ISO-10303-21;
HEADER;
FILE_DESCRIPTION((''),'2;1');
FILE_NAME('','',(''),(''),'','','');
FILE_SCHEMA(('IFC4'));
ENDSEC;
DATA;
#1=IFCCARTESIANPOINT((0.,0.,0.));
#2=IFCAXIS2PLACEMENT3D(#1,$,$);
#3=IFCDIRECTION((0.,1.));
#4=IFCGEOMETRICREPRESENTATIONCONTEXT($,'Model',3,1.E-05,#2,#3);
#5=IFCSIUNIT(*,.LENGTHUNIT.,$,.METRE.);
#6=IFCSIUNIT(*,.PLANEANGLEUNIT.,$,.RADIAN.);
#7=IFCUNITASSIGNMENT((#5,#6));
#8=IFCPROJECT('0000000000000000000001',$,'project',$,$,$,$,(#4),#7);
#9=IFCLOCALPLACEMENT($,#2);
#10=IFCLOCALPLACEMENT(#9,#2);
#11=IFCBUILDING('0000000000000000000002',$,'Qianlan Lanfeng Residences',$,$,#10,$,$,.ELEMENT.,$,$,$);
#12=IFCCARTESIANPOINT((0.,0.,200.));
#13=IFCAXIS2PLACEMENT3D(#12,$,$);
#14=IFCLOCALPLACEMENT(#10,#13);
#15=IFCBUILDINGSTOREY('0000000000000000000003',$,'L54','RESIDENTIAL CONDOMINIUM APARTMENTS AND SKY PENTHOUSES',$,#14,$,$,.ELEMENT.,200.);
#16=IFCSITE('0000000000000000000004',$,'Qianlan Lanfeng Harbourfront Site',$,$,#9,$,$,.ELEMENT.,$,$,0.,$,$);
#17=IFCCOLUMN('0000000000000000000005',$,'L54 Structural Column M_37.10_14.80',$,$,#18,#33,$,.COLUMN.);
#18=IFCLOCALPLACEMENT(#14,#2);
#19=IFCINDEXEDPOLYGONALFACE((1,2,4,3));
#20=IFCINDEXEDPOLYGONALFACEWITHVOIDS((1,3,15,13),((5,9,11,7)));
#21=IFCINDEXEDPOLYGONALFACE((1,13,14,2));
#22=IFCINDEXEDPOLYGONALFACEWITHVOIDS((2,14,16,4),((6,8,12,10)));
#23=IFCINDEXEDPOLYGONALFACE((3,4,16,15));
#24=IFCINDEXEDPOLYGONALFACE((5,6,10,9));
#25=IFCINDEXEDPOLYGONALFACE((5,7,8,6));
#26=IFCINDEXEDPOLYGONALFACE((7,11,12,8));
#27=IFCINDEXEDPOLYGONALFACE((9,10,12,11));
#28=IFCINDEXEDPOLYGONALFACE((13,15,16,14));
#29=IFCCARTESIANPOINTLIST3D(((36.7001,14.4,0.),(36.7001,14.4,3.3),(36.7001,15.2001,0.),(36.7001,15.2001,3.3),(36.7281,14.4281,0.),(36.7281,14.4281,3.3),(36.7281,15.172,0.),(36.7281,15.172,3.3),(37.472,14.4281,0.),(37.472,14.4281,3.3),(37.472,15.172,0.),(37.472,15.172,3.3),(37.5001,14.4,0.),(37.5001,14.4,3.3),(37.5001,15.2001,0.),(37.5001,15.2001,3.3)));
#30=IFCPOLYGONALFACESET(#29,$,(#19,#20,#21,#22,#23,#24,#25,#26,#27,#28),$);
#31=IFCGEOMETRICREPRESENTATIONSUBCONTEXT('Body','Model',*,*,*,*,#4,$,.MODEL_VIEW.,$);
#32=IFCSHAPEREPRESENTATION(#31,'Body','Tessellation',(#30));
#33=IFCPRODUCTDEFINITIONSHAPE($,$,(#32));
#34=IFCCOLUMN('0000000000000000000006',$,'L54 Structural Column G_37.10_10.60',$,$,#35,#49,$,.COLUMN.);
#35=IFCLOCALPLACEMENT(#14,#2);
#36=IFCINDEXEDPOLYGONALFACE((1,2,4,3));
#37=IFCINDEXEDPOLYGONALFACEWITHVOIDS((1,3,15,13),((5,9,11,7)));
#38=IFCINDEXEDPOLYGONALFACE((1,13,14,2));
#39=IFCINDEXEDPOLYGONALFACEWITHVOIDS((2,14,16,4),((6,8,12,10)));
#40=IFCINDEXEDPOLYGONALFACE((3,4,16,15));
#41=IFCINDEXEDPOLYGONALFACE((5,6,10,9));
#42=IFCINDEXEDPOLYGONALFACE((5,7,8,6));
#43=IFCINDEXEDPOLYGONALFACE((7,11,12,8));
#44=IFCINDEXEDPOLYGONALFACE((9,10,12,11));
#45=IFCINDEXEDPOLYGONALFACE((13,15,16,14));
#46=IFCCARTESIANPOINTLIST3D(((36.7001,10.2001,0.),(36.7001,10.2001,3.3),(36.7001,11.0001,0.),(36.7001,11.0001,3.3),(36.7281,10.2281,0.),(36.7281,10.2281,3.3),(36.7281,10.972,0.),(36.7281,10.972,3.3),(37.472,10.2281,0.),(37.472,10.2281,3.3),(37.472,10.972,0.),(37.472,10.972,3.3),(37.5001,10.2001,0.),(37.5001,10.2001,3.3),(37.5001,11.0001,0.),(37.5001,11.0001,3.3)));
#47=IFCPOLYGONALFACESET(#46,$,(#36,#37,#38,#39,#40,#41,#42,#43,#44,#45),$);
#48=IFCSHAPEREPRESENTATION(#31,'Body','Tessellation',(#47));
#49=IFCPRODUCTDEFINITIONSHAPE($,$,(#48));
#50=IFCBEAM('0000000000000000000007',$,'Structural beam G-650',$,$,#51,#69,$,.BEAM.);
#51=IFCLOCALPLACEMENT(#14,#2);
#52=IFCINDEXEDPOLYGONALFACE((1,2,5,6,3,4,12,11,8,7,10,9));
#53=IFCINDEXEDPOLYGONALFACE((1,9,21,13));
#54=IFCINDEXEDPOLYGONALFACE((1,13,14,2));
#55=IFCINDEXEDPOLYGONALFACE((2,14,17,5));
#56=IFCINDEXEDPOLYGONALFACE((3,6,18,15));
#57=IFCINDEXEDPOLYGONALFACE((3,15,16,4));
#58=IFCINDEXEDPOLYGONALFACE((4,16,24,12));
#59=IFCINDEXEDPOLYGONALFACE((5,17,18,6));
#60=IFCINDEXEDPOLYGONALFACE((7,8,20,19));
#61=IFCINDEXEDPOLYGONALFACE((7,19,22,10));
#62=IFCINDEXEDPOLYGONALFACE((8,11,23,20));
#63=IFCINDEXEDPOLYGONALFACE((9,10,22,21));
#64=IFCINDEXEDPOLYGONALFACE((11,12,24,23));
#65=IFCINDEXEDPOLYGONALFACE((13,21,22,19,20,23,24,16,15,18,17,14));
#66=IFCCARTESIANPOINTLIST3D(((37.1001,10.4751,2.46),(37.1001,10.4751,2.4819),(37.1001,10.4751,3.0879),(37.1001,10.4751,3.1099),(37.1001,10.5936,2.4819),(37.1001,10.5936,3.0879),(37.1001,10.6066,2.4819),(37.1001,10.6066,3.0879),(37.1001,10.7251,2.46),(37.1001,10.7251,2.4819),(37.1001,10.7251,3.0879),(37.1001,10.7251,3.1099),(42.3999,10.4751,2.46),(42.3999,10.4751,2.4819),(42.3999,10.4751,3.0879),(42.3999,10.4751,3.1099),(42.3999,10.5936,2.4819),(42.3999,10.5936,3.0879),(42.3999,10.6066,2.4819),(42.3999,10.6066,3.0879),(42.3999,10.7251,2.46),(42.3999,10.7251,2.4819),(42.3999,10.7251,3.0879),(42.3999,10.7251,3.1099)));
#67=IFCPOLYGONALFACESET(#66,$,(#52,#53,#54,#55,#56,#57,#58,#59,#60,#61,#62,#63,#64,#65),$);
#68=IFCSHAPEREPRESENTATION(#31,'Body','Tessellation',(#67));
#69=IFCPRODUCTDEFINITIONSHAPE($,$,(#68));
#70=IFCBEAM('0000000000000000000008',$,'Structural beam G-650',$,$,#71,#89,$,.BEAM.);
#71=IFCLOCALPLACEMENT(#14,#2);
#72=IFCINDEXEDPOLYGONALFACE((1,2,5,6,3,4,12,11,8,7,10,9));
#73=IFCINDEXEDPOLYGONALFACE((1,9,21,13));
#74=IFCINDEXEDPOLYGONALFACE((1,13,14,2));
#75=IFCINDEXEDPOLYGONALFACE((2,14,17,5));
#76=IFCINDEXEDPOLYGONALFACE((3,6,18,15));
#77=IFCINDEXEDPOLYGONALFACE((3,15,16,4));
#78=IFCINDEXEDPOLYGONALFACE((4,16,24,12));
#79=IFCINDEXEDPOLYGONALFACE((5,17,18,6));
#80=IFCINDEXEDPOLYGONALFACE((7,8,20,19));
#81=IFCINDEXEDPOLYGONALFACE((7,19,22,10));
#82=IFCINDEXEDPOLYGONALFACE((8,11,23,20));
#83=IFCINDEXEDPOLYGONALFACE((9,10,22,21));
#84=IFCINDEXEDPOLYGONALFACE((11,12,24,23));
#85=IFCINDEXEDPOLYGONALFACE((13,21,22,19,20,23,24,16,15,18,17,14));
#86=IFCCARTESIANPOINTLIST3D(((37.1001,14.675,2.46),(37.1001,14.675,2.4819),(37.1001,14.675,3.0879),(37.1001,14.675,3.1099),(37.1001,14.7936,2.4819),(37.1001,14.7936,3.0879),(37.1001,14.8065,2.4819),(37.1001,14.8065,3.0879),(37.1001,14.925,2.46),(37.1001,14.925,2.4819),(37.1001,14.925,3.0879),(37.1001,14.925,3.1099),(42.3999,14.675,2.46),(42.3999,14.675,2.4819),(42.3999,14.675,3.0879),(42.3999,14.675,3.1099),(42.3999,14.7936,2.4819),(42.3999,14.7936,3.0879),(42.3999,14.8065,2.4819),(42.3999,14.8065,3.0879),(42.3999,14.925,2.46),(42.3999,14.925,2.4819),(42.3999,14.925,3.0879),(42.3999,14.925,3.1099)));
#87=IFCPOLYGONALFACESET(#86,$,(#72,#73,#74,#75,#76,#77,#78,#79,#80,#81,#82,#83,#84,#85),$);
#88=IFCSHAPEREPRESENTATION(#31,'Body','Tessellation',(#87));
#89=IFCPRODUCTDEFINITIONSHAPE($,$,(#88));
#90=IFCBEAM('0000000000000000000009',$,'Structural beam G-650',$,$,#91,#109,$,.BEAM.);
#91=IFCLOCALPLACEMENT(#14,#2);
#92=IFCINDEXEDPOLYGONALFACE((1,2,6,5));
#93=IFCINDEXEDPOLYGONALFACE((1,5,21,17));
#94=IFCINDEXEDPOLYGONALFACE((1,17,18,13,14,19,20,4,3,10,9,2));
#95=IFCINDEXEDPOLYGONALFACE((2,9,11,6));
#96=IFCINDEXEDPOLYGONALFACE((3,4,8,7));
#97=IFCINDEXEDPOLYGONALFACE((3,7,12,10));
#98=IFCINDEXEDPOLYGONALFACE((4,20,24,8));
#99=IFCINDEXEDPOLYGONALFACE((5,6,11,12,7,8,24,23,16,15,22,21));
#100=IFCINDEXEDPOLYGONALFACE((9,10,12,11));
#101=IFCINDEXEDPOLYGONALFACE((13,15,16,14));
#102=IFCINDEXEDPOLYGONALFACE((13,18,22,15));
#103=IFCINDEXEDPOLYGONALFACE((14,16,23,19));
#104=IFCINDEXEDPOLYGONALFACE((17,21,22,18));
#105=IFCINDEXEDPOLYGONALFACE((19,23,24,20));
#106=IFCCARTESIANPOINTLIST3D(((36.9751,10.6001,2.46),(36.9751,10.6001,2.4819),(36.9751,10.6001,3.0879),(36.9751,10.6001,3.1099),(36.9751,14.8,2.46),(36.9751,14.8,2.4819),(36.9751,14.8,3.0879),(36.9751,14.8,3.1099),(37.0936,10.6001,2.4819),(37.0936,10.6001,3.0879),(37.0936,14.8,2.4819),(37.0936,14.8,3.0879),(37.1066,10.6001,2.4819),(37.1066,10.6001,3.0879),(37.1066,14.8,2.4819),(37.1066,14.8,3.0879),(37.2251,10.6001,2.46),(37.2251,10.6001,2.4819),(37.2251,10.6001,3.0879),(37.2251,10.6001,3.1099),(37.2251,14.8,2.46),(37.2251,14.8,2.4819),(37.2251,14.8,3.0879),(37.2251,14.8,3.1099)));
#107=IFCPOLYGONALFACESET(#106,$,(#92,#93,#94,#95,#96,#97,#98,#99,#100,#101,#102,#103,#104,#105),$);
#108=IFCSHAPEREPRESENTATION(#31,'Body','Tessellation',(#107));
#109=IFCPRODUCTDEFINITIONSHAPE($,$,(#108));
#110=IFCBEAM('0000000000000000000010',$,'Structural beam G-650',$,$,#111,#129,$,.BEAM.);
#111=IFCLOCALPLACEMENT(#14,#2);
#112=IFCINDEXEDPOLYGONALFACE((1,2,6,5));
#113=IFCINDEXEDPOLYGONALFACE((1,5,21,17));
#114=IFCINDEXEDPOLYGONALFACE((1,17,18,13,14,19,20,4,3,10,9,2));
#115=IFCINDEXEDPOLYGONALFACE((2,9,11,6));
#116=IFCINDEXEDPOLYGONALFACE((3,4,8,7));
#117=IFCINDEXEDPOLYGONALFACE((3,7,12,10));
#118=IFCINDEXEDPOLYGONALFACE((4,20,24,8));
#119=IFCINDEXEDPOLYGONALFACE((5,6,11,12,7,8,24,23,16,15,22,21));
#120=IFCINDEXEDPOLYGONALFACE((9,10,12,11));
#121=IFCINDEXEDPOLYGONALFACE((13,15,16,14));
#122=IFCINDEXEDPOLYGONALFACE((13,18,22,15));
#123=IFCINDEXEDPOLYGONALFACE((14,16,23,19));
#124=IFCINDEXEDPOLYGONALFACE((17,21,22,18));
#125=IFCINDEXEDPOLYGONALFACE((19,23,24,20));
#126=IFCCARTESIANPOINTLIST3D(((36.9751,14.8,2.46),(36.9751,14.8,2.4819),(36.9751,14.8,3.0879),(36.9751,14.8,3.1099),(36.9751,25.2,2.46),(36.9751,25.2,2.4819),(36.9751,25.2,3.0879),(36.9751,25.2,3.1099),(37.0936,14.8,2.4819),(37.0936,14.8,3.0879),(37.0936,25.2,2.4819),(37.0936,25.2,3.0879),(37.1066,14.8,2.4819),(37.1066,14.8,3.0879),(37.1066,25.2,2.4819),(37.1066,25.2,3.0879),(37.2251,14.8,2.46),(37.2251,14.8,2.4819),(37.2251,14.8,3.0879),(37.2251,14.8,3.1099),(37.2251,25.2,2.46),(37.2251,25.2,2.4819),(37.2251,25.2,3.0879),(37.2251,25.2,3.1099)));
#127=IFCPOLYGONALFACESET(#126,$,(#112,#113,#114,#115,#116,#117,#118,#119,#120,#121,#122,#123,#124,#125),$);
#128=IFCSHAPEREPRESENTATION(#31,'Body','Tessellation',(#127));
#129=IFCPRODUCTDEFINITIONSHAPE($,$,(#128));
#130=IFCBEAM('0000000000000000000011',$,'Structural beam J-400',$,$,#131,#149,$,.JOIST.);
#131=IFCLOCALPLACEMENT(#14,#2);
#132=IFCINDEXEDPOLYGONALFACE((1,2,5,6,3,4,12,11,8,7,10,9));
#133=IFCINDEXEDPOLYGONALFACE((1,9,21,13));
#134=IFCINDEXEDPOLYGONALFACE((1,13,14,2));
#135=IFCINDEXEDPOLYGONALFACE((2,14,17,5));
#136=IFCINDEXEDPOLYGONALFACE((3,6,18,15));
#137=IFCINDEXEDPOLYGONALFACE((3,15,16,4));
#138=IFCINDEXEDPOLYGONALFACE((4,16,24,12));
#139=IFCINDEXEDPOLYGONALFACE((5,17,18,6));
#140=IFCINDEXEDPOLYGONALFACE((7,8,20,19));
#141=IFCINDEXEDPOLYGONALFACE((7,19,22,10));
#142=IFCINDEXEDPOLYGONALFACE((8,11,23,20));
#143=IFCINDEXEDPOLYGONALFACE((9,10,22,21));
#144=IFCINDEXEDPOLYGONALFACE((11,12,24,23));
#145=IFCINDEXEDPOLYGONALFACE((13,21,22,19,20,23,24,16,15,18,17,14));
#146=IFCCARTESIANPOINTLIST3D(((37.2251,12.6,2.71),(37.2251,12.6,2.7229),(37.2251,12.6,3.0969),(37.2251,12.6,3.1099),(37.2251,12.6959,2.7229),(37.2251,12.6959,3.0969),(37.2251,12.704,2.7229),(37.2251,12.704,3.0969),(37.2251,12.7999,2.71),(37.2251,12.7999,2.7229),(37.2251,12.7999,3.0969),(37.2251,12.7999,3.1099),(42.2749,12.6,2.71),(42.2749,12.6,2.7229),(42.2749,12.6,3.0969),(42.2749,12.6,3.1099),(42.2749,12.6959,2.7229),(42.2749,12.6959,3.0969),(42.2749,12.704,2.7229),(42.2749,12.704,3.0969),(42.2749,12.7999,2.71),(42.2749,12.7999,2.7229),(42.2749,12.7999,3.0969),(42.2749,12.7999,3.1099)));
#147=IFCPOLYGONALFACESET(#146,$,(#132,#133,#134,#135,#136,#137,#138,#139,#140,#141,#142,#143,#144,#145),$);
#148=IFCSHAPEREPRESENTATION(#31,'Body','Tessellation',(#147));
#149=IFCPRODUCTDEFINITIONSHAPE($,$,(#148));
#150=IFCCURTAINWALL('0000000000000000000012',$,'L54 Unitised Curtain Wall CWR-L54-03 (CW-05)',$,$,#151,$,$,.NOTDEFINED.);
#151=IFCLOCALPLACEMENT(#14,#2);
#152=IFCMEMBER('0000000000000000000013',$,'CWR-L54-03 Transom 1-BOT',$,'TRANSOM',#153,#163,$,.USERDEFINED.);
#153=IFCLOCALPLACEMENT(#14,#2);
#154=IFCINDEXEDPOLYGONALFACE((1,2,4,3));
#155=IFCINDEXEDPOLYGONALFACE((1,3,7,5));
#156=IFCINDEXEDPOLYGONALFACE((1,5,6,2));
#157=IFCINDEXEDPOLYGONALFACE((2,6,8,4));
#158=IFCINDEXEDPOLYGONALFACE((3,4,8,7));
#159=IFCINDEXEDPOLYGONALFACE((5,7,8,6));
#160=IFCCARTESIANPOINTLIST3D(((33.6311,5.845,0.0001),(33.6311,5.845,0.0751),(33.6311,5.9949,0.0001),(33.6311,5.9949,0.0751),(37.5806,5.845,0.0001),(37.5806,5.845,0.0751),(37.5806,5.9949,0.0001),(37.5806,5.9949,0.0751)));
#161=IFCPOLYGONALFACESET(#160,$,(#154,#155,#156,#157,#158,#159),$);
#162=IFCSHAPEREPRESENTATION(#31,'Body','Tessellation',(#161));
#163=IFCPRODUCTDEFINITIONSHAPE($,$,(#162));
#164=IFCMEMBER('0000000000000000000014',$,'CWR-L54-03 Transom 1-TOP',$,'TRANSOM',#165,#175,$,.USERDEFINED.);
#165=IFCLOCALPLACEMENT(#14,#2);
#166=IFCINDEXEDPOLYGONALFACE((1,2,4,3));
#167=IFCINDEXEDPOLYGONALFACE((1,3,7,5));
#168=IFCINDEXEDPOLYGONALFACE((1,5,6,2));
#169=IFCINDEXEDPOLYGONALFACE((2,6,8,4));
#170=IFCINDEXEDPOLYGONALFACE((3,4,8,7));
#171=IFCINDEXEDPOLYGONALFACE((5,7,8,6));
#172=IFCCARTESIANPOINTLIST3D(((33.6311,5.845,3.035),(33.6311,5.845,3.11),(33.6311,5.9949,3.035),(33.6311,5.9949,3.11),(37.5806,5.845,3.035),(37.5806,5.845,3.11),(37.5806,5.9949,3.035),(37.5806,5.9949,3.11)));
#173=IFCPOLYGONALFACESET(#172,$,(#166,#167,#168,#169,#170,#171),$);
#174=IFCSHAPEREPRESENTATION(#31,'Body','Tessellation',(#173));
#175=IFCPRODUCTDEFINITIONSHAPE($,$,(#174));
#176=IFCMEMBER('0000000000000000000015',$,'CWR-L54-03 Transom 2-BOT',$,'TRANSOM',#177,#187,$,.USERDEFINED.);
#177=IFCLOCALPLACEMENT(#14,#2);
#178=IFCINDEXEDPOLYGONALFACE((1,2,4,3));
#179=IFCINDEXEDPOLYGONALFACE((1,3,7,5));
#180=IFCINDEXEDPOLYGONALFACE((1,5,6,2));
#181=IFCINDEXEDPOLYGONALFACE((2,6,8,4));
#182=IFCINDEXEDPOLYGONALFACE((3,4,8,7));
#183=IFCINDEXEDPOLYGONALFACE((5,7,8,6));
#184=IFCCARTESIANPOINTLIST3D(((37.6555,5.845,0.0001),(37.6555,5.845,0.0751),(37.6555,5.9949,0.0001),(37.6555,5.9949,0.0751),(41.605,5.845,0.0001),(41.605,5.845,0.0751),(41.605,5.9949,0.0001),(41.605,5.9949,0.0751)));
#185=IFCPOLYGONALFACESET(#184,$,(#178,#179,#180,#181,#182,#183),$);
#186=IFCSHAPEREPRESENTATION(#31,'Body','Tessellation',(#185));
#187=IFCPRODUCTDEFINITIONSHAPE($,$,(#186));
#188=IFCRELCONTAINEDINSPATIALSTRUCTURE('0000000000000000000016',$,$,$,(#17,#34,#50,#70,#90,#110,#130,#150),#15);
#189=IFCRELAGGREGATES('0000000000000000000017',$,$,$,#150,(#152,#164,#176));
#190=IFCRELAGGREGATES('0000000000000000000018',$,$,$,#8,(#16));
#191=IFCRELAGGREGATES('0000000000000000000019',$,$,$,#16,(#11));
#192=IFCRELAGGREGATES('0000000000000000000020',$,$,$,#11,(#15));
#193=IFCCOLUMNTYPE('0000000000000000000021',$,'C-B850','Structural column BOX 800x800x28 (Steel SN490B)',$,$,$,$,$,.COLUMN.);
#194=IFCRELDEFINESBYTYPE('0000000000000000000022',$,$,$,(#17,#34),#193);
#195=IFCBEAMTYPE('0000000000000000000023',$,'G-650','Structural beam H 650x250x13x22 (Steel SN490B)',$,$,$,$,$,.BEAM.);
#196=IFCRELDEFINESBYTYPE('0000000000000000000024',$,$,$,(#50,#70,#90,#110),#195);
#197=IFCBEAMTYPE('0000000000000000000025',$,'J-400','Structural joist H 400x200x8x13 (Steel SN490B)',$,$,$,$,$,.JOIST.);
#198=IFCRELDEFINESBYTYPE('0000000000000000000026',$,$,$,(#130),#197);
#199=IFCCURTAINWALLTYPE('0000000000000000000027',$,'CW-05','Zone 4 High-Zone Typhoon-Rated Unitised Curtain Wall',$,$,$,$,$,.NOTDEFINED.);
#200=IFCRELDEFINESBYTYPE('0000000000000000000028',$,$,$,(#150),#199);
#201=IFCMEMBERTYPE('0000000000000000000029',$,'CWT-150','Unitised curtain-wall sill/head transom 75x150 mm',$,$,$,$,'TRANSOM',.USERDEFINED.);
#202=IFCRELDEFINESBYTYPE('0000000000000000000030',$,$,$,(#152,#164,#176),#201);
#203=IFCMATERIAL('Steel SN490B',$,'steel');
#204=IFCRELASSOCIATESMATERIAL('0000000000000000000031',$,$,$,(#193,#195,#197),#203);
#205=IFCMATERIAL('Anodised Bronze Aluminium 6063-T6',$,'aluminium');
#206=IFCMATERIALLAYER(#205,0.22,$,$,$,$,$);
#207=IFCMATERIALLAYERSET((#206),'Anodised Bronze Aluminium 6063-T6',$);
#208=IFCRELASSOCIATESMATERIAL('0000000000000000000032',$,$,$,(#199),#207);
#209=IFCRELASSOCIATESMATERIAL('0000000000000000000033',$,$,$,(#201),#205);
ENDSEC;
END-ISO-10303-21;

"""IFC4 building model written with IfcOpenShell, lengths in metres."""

from ifc_helpers import new_model, si_unit, direction, frame, origin, origin_2d, place, context, subcontext, project, spatial, rectangle, hollow_rectangle, i_section, extrude, source, transform, mapped, material, layer, layer_set, material_profile, profile_set, type_object, element, aggregate, save


model = new_model("IFC4")

# Units and contexts
model_context = context("Model", 3, precision=1e-05, world=origin(), true_north=direction((0.0, 1.0)))
body_context = subcontext(model_context, "Body", "Model", "MODEL_VIEW")
ifc_project = project(units=[si_unit("LENGTHUNIT", "METRE"), si_unit("PLANEANGLEUNIT", "RADIAN")], contexts=[model_context])

# Site, building, storey
site_placement = place(None, origin())
site = spatial("IfcSite", under=ifc_project, at=site_placement, Name="Qianlan Lanfeng Harbourfront Site", CompositionType="ELEMENT", RefElevation=0.0)
building_placement = place(site_placement, origin())
building = spatial("IfcBuilding", under=site, at=building_placement, Name="Qianlan Lanfeng Residences", CompositionType="ELEMENT")
storey_placement = place(building_placement, frame((0.0, 0.0, 200.0)))
storey = spatial("IfcBuildingStorey", under=building, at=storey_placement, Name="L54", Description="RESIDENTIAL CONDOMINIUM APARTMENTS AND SKY PENTHOUSES", CompositionType="ELEMENT", Elevation=200.0)

# Columns
ifc_material_1 = material(Name="Steel SN490B", Category="steel")
ifc_material_profile_1 = material_profile(ifc_material_1, hollow_rectangle(XDim=0.8, YDim=0.8, WallThickness=0.0281, at=origin_2d()), Name="BOX 800x800x28")
ifc_profile_set_1 = profile_set([ifc_material_profile_1], Name="Steel SN490B")
column_type = type_object("IfcColumnType", Name="C-B850", Description="Structural column BOX 800x800x28 (Steel SN490B)", PredefinedType="COLUMN", material=ifc_profile_set_1)
for number, where, z_axis, x_axis, name in (
    (1, (37.1001, 14.8, 0.0), (0.0, 0.0, 1.0), (1.0, 0.0, 0.0), "L54 Structural Column M_37.10_14.80"),
    (2, (37.1001, 10.6001, 0.0), (0.0, 0.0, 1.0), (1.0, 0.0, 0.0), "L54 Structural Column G_37.10_10.60"),
):
    element("IfcColumn", number, at=place(storey_placement, frame(where, z_axis=z_axis, x_axis=x_axis)), inside=storey, type_object=column_type, Name=name, PredefinedType="COLUMN", context=body_context, shape_type="SweptSolid", body=[
        extrude(hollow_rectangle(XDim=0.8, YDim=0.8, WallThickness=0.0281, at=origin_2d()), origin(), (0.0, 0.0, 1.0), 3.3),
    ])

# Beams
ifc_material_profile_2 = material_profile(ifc_material_1, i_section(OverallWidth=0.25, OverallDepth=0.6499, WebThickness=0.0129, FlangeThickness=0.022, at=origin_2d()), Name="H 650x250x13x22")
ifc_profile_set_2 = profile_set([ifc_material_profile_2], Name="Steel SN490B")
beam_type_1 = type_object("IfcBeamType", Name="G-650", Description="Structural beam H 650x250x13x22 (Steel SN490B)", PredefinedType="BEAM", material=ifc_profile_set_2)
for number, where, z_axis, x_axis, name in (
    (3, (37.1001, 10.6001, 2.7849), (1.0, 0.0, 0.0), (0.0, 1.0, 0.0), "Structural beam G-650"),
    (4, (37.1001, 14.8, 2.7849), (1.0, 0.0, 0.0), (0.0, 1.0, 0.0), "Structural beam G-650"),
):
    element("IfcBeam", number, at=place(storey_placement, frame(where, z_axis=z_axis, x_axis=x_axis)), inside=storey, type_object=beam_type_1, Name=name, PredefinedType="BEAM", context=body_context, shape_type="SweptSolid", body=[
        extrude(i_section(OverallWidth=0.25, OverallDepth=0.6499, WebThickness=0.0129, FlangeThickness=0.022, at=origin_2d()), origin(), (0.0, 0.0, 1.0), 5.2998),
    ])
beam_1_placement = place(storey_placement, frame((37.1001, 10.6001, 2.7849), z_axis=(0.0, 1.0, 0.0), x_axis=(-1.0, 0.0, 0.0)))
element("IfcBeam", 5, at=beam_1_placement, inside=storey, type_object=beam_type_1, Name="Structural beam G-650", PredefinedType="BEAM", context=body_context, shape_type="SweptSolid", body=[
    extrude(i_section(OverallWidth=0.25, OverallDepth=0.6499, WebThickness=0.0129, FlangeThickness=0.022, at=origin_2d()), origin(), (0.0, 0.0, 1.0), 4.2),
])
beam_2_placement = place(storey_placement, frame((37.1001, 14.8, 2.7849), z_axis=(0.0, 1.0, 0.0), x_axis=(-1.0, 0.0, 0.0)))
element("IfcBeam", 6, at=beam_2_placement, inside=storey, type_object=beam_type_1, Name="Structural beam G-650", PredefinedType="BEAM", context=body_context, shape_type="SweptSolid", body=[
    extrude(i_section(OverallWidth=0.25, OverallDepth=0.6499, WebThickness=0.0129, FlangeThickness=0.022, at=origin_2d()), origin(), (0.0, 0.0, 1.0), 10.3999),
])
ifc_material_profile_3 = material_profile(ifc_material_1, i_section(OverallWidth=0.2, OverallDepth=0.3999, WebThickness=0.0081, FlangeThickness=0.0129, at=origin_2d()), Name="H 400x200x8x13")
ifc_profile_set_3 = profile_set([ifc_material_profile_3], Name="Steel SN490B")
beam_type_2 = type_object("IfcBeamType", Name="J-400", Description="Structural joist H 400x200x8x13 (Steel SN490B)", PredefinedType="JOIST", material=ifc_profile_set_3)
beam_3_placement = place(storey_placement, frame((37.2251, 12.7, 2.9099), z_axis=(1.0, 0.0, 0.0), x_axis=(0.0, 1.0, 0.0)))
element("IfcBeam", 7, at=beam_3_placement, inside=storey, type_object=beam_type_2, Name="Structural beam J-400", PredefinedType="JOIST", context=body_context, shape_type="SweptSolid", body=[
    extrude(i_section(OverallWidth=0.2, OverallDepth=0.3999, WebThickness=0.0081, FlangeThickness=0.0129, at=origin_2d()), origin(), (0.0, 0.0, 1.0), 5.0498),
])

# Curtain wall, members
ifc_material_2 = material(Name="Anodised Bronze Aluminium 6063-T6", Category="aluminium")
ifc_layer_1 = layer(ifc_material_2, 0.22)
ifc_layer_set_1 = layer_set([ifc_layer_1], Name="Anodised Bronze Aluminium 6063-T6")
curtain_wall_type = type_object("IfcCurtainWallType", Name="CW-05", Description="Zone 4 High-Zone Typhoon-Rated Unitised Curtain Wall", PredefinedType="NOTDEFINED", material=ifc_layer_set_1)
curtain_wall_1_placement = place(storey_placement, origin())
curtain_wall_1 = element("IfcCurtainWall", 8, at=curtain_wall_1_placement, inside=storey, type_object=curtain_wall_type, Name="L54 Unitised Curtain Wall CWR-L54-03 (CW-05)", PredefinedType="NOTDEFINED")
ifc_material_profile_4 = material_profile(ifc_material_2, rectangle(XDim=0.075, YDim=0.1499, at=origin_2d()), Name="ALU TRANSOM 75x150")
ifc_profile_set_4 = profile_set([ifc_material_profile_4], Name="Anodised Bronze Aluminium 6063-T6")
member_type_1 = type_object("IfcMemberType", Name="CWT-150", Description="Unitised curtain-wall sill/head transom 75x150 mm", ElementType="TRANSOM", PredefinedType="USERDEFINED", material=ifc_profile_set_4)
shared_shape_1 = source(origin(), body_context, "Body", "SweptSolid", [
    extrude(rectangle(XDim=0.075, YDim=0.1499, at=origin_2d()), origin(), (0.0, 0.0, 1.0), 3.9495),
])
member_1_placement = place(storey_placement, frame((33.6311, 5.9199, 0.0376), z_axis=(1.0, 0.0, 0.0), x_axis=(0.0, 0.0, 1.0)))
member_1 = element("IfcMember", 9, at=member_1_placement, type_object=member_type_1, Name="CWR-L54-03 Transom 1-BOT", ObjectType="TRANSOM", PredefinedType="USERDEFINED", context=body_context, shape_type="MappedRepresentation", body=[
    mapped(shared_shape_1, transform((0.0, 0.0, 0.0), scale=1.0)),
])
member_2_placement = place(storey_placement, frame((33.6311, 5.9199, 3.0725), z_axis=(1.0, 0.0, 0.0), x_axis=(0.0, 0.0, 1.0)))
member_2 = element("IfcMember", 10, at=member_2_placement, type_object=member_type_1, Name="CWR-L54-03 Transom 1-TOP", ObjectType="TRANSOM", PredefinedType="USERDEFINED", context=body_context, shape_type="MappedRepresentation", body=[
    mapped(shared_shape_1, transform((0.0, 0.0, 0.0), scale=1.0)),
])
member_3_placement = place(storey_placement, frame((37.6555, 5.9199, 0.0376), z_axis=(1.0, 0.0, 0.0), x_axis=(0.0, 0.0, 1.0)))
member_3 = element("IfcMember", 11, at=member_3_placement, type_object=member_type_1, Name="CWR-L54-03 Transom 2-BOT", ObjectType="TRANSOM", PredefinedType="USERDEFINED", context=body_context, shape_type="MappedRepresentation", body=[
    mapped(shared_shape_1, transform((0.0, 0.0, 0.0), scale=1.0)),
])

aggregate(curtain_wall_1, [member_1, member_2, member_3])

save(model, "model.ifc")
